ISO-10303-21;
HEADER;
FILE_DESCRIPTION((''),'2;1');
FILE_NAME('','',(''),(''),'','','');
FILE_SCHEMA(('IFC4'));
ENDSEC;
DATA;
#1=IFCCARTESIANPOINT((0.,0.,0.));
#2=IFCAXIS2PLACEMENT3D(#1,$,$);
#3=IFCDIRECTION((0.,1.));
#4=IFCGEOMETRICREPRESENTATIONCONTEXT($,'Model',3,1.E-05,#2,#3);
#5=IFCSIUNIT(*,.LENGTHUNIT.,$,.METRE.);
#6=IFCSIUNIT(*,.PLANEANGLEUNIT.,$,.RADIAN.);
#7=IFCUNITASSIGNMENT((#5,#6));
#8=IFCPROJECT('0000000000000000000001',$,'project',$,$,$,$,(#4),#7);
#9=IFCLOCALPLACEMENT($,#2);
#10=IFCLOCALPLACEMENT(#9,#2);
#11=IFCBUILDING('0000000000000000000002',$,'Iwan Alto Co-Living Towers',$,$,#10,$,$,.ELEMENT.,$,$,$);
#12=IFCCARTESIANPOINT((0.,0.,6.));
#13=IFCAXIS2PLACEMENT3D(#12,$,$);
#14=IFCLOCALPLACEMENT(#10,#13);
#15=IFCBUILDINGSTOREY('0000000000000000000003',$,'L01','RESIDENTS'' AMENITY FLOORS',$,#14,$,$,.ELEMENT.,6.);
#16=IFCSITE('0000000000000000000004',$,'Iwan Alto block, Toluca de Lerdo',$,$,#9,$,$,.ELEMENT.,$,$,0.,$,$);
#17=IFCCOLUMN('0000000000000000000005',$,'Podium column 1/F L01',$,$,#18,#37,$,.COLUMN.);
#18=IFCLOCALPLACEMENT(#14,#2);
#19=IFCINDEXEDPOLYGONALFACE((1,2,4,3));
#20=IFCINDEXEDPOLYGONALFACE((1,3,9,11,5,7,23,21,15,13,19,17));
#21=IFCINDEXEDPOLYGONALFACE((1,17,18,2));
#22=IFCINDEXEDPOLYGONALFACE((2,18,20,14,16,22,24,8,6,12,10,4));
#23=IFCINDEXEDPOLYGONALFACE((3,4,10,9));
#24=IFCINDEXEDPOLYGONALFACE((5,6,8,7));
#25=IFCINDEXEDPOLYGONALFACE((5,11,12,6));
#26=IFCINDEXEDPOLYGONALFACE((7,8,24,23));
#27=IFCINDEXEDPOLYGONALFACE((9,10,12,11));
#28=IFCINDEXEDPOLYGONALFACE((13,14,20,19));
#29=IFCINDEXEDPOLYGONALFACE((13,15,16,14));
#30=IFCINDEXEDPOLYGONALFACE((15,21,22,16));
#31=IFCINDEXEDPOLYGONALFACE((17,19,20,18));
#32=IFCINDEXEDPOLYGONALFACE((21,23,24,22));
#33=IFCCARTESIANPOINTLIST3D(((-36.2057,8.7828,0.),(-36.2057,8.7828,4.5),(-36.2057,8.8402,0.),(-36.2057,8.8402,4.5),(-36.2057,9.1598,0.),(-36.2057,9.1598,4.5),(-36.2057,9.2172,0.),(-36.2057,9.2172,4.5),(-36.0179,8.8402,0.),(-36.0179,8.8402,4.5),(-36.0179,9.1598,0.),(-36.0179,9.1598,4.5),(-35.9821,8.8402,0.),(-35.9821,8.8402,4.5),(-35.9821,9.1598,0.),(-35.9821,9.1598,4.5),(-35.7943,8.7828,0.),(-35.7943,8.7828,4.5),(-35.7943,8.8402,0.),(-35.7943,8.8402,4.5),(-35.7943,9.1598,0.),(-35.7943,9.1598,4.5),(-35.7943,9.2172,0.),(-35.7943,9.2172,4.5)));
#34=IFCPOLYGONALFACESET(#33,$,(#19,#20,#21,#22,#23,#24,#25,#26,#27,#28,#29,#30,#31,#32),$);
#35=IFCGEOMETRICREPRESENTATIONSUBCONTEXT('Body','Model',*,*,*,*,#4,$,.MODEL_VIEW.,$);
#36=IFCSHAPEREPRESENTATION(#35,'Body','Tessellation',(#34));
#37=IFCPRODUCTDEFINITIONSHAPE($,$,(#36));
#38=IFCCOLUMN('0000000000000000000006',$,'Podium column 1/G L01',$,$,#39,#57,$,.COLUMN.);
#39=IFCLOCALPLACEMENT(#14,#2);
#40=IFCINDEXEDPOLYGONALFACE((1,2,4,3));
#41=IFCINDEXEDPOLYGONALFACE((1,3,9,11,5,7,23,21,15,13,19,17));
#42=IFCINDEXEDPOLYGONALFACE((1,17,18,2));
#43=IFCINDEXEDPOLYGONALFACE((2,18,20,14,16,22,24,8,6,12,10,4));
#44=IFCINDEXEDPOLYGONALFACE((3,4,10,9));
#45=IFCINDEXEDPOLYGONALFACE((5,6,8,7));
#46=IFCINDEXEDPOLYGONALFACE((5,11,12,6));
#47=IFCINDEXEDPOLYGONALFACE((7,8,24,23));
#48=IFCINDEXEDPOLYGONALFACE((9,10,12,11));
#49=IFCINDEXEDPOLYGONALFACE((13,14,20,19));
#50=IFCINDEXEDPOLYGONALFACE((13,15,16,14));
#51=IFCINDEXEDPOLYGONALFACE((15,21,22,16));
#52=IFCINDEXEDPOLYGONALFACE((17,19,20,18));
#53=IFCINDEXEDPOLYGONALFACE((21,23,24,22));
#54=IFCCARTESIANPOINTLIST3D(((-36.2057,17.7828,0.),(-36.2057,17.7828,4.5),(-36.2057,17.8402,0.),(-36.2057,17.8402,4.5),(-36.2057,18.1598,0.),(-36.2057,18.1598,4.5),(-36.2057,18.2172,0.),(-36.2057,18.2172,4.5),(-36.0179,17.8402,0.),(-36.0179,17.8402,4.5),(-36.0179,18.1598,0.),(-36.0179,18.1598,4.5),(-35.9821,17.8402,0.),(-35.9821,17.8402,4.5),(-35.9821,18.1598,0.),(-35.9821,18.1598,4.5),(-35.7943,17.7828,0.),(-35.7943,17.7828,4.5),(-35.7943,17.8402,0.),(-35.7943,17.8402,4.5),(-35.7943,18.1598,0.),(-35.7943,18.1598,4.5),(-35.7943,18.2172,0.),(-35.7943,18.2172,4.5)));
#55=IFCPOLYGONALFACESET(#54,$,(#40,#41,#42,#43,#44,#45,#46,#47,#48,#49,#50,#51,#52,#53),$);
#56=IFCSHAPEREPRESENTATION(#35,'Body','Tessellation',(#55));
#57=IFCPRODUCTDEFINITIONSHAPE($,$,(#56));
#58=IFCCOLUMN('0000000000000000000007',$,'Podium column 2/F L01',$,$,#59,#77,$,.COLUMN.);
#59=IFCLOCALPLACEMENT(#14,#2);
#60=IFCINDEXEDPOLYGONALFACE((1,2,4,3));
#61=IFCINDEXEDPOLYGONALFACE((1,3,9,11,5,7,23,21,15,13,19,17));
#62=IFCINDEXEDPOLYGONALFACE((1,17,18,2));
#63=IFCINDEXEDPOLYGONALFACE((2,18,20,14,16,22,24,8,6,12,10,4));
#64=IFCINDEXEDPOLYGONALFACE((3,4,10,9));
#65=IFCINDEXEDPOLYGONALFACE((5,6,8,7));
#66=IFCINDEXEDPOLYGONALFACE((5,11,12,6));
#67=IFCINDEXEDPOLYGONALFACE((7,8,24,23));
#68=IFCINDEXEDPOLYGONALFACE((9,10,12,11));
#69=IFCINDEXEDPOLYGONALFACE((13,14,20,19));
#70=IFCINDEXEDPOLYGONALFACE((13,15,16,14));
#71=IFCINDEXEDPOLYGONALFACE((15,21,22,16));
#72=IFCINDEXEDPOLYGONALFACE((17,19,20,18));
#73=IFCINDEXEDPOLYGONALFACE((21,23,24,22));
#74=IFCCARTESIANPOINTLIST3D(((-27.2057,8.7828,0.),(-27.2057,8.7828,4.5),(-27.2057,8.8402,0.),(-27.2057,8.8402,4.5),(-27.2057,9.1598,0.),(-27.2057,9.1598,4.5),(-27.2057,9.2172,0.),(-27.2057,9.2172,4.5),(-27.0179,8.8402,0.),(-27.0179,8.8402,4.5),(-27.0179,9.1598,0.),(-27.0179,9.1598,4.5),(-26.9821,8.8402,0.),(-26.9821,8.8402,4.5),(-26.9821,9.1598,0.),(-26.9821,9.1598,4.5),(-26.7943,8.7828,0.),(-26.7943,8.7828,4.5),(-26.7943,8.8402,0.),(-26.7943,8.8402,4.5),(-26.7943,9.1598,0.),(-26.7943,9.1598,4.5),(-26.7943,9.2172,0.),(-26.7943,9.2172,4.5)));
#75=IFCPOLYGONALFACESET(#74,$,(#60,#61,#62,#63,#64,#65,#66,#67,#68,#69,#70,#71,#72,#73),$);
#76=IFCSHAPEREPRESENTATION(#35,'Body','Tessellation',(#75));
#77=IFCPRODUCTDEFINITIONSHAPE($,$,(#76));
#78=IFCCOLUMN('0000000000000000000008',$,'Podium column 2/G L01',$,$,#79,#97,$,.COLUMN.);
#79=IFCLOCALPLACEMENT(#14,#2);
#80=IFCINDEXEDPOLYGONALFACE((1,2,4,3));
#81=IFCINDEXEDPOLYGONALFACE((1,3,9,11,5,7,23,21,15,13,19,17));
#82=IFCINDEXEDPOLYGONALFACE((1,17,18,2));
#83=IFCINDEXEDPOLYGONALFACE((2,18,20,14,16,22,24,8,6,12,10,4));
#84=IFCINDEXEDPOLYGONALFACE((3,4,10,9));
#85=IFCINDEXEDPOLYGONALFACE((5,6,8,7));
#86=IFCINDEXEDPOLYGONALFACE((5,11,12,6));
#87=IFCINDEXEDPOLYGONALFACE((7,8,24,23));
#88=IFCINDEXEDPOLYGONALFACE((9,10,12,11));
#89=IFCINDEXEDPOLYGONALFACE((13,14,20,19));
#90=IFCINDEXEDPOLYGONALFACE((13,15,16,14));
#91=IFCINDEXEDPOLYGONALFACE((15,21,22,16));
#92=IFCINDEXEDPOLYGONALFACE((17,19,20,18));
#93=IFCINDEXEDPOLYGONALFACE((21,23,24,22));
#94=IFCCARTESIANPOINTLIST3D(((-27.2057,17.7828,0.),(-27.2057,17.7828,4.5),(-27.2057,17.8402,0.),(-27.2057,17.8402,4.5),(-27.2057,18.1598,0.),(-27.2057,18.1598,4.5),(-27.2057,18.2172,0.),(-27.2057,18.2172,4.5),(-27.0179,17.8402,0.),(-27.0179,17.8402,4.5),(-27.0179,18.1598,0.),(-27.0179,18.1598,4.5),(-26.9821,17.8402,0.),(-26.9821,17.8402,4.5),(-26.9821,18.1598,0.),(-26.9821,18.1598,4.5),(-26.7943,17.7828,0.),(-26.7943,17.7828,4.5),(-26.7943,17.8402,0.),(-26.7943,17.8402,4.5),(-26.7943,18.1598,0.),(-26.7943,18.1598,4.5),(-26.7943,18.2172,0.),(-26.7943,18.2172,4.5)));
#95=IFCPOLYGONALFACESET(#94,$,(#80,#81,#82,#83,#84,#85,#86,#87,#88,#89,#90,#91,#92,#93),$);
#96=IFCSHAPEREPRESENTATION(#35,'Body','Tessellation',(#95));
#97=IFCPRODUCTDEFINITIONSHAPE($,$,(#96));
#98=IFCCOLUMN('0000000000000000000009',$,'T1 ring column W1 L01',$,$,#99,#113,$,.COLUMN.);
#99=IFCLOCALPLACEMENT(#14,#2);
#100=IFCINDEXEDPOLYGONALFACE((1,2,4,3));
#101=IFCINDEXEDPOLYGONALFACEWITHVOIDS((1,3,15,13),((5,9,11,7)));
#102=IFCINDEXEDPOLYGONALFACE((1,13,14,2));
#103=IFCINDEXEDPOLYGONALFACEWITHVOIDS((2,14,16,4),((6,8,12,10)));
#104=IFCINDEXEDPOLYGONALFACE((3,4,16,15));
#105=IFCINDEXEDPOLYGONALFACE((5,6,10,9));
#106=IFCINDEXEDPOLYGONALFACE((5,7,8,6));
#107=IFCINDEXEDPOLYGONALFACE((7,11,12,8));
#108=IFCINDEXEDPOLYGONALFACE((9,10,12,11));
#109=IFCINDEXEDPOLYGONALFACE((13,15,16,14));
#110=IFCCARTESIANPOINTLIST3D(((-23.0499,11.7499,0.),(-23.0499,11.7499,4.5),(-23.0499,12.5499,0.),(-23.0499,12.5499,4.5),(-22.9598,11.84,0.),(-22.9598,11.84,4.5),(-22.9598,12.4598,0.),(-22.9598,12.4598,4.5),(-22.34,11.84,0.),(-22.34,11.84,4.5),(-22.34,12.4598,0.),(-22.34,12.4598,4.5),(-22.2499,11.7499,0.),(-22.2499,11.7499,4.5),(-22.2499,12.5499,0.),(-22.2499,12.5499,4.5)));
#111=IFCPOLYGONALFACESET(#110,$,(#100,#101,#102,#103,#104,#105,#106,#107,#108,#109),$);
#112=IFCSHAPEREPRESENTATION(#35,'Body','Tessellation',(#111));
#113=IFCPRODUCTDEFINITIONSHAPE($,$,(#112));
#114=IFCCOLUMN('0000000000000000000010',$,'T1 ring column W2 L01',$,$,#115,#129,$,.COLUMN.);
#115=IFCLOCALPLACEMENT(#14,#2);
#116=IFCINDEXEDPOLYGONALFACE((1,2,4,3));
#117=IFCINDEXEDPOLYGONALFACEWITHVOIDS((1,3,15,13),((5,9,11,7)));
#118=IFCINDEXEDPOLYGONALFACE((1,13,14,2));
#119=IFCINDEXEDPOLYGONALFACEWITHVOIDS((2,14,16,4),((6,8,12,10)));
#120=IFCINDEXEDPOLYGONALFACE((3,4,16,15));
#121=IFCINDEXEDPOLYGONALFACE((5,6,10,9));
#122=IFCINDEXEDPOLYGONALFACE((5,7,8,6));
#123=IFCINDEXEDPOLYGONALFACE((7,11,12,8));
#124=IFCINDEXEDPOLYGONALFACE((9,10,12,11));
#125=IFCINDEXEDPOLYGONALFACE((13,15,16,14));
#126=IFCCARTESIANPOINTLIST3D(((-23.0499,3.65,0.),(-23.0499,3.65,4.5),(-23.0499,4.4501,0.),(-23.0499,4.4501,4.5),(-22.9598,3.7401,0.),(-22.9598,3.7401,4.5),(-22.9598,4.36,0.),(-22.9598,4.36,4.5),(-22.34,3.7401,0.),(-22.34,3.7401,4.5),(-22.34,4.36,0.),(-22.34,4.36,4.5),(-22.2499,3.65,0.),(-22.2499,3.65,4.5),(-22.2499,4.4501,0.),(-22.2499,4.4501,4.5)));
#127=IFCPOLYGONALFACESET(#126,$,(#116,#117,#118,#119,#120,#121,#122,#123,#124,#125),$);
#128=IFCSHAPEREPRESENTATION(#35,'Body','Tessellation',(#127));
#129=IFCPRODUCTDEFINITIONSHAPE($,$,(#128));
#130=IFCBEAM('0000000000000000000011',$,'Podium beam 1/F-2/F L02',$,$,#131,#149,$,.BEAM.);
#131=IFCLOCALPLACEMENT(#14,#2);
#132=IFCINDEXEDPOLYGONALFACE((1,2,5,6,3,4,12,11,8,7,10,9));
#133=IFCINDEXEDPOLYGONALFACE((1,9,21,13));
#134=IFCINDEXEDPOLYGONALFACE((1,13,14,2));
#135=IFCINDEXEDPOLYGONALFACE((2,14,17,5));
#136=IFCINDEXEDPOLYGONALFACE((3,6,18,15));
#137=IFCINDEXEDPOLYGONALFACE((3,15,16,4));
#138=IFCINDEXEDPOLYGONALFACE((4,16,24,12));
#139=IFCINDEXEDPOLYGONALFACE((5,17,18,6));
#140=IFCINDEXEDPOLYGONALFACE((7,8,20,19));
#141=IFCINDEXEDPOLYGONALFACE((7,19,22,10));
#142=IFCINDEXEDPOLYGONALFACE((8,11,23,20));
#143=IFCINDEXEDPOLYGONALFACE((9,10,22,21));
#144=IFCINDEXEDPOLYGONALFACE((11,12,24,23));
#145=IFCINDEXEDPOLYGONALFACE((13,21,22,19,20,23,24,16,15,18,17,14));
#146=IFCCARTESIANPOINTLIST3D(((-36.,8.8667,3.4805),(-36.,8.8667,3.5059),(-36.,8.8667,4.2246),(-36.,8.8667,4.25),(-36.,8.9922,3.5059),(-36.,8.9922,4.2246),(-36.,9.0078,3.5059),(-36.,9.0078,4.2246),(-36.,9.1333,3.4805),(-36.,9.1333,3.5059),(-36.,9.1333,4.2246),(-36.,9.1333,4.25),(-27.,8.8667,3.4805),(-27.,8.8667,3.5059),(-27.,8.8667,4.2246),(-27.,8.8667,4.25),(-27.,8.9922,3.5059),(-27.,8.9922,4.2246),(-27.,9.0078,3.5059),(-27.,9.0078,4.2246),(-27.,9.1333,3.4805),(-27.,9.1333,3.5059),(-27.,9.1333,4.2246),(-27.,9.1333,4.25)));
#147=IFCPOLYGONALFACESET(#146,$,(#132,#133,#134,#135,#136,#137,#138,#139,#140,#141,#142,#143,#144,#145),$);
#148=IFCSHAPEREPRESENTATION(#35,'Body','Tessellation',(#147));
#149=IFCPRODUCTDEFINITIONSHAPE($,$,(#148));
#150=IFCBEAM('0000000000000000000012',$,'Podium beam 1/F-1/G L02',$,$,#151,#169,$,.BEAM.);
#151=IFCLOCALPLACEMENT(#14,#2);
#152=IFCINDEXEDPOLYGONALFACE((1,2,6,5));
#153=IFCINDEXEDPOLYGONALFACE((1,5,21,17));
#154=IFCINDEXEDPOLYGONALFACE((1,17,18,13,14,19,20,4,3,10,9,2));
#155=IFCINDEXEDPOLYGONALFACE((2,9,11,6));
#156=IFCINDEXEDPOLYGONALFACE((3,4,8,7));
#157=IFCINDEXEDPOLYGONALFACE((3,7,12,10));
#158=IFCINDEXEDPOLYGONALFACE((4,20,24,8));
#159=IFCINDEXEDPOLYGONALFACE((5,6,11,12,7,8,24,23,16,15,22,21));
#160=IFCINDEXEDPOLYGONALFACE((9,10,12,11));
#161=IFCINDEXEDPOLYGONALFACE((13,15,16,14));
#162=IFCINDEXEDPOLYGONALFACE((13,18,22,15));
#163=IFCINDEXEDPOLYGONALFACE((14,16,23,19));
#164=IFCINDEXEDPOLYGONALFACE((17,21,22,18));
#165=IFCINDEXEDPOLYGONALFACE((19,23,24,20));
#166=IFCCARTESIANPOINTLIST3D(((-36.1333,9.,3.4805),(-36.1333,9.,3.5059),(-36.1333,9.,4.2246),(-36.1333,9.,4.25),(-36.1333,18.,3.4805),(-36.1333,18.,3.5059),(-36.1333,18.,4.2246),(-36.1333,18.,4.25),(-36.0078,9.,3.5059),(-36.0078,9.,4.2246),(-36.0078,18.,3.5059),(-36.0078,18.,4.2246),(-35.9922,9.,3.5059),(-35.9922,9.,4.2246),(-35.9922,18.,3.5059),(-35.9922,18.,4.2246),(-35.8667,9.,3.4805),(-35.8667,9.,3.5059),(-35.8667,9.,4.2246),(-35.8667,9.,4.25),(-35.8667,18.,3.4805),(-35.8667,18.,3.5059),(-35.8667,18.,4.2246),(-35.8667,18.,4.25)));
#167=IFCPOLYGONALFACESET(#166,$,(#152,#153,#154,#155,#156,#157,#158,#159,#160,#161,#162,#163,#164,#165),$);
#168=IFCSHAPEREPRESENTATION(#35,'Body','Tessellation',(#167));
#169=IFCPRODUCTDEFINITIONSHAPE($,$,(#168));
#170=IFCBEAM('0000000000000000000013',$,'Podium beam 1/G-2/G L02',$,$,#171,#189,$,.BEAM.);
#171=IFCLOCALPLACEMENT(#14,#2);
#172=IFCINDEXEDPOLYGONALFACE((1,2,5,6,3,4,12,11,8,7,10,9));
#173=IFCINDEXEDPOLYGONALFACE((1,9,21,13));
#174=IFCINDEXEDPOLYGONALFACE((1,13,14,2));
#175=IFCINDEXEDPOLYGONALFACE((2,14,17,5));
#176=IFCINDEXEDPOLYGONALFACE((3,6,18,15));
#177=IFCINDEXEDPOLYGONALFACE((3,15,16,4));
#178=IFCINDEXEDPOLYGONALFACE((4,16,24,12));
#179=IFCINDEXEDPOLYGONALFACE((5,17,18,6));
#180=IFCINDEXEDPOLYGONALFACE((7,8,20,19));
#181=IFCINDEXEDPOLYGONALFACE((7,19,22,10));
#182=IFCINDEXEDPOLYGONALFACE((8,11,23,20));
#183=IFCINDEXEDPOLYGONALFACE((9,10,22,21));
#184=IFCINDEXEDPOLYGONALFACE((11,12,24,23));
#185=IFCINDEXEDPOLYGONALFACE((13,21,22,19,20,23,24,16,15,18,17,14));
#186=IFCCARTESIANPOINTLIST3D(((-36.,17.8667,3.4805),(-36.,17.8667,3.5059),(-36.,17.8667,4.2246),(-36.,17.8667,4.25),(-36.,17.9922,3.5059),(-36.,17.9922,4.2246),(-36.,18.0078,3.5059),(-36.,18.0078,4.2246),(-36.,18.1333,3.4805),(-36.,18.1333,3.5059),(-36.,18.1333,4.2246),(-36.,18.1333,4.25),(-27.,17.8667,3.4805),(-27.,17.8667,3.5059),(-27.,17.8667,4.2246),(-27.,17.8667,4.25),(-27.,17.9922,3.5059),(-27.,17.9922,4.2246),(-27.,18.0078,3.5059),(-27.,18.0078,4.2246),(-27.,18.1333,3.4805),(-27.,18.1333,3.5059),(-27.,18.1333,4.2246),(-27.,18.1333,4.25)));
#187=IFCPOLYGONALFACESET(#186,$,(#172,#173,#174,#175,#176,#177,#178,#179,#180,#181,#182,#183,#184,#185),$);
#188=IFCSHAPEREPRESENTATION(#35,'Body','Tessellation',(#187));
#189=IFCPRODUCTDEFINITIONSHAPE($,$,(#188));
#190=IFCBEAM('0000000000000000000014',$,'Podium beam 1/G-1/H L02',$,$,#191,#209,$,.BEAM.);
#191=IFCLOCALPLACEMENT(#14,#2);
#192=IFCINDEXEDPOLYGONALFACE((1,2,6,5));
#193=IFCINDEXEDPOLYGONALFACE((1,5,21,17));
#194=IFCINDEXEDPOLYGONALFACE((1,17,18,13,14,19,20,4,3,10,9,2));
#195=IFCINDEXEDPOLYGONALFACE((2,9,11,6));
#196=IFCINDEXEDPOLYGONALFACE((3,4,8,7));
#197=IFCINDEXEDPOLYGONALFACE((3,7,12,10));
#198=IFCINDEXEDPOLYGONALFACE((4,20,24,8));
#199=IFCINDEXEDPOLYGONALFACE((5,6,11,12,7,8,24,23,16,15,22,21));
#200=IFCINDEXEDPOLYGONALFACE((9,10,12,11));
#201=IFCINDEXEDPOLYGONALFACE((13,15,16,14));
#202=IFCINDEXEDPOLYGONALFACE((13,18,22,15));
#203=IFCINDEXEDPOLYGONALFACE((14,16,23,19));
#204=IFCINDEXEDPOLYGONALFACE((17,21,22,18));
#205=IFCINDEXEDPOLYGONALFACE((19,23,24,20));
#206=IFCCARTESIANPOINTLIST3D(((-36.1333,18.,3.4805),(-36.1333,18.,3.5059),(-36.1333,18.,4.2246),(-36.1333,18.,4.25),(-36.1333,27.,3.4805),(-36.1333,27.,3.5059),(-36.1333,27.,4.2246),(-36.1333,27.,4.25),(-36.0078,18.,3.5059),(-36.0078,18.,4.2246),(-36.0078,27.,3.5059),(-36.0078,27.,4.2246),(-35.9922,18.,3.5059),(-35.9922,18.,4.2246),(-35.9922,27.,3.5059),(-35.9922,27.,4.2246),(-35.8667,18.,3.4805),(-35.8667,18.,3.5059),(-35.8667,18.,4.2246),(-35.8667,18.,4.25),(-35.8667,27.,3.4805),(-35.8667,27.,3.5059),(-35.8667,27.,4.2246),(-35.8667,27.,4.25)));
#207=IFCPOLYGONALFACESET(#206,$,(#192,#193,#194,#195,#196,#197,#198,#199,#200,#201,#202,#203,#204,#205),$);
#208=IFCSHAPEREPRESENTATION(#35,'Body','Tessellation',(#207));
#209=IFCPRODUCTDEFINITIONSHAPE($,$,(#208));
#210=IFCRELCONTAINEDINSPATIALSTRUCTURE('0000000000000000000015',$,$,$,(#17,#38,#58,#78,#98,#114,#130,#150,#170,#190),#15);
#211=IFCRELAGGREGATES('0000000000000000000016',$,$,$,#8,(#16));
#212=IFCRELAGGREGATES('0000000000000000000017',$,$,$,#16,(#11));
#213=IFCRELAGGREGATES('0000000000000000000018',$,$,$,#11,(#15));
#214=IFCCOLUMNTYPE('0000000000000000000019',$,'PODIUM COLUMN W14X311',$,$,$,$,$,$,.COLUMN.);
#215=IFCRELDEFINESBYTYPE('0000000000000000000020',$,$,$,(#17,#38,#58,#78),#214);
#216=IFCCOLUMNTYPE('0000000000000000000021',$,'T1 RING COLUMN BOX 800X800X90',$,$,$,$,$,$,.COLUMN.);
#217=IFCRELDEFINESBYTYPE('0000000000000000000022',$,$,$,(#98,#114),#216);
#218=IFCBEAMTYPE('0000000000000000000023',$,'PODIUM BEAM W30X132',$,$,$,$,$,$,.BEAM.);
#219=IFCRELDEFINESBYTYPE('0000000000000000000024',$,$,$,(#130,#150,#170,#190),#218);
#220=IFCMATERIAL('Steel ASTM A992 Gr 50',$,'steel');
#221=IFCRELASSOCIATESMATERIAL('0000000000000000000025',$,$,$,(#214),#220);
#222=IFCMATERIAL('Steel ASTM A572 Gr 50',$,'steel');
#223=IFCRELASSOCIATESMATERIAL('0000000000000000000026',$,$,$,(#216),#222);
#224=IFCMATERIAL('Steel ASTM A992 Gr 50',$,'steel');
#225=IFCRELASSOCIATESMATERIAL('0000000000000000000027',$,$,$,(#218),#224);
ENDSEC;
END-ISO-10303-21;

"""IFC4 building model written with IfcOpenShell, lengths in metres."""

from ifc_helpers import new_model, si_unit, direction, frame, origin, origin_2d, place, context, subcontext, project, spatial, hollow_rectangle, i_section, extrude, material, material_profile, profile_set, type_object, element, save


model = new_model("IFC4")

# Units and contexts
model_context = context("Model", 3, precision=1e-05, world=origin(), true_north=direction((0.0, 1.0)))
body_context = subcontext(model_context, "Body", "Model", "MODEL_VIEW")
ifc_project = project(units=[si_unit("LENGTHUNIT", "METRE"), si_unit("PLANEANGLEUNIT", "RADIAN")], contexts=[model_context])

# Site, building, storey
site_placement = place(None, origin())
site = spatial("IfcSite", under=ifc_project, at=site_placement, Name="Iwan Alto block, Toluca de Lerdo", CompositionType="ELEMENT", RefElevation=0.0)
building_placement = place(site_placement, origin())
building = spatial("IfcBuilding", under=site, at=building_placement, Name="Iwan Alto Co-Living Towers", CompositionType="ELEMENT")
storey_placement = place(building_placement, frame((0.0, 0.0, 6.0)))
storey = spatial("IfcBuildingStorey", under=building, at=storey_placement, Name="L01", Description="RESIDENTS' AMENITY FLOORS", CompositionType="ELEMENT", Elevation=6.0)

# Columns
ifc_material_1 = material(Name="Steel ASTM A992 Gr 50", Category="steel")
ifc_material_profile_1 = material_profile(ifc_material_1, i_section(OverallWidth=0.4114, OverallDepth=0.4343, WebThickness=0.0359, FlangeThickness=0.0574, at=origin_2d()), Name="W14X311")
ifc_profile_set_1 = profile_set([ifc_material_profile_1], Name="Steel ASTM A992 Gr 50")
column_type_1 = type_object("IfcColumnType", Name="PODIUM COLUMN W14X311", PredefinedType="COLUMN", material=ifc_profile_set_1)
for number, where, z_axis, x_axis, name in (
    (1, (-36.0, 9.0, 0.0), (0.0, 0.0, 1.0), (1.0, 0.0, 0.0), "Podium column 1/F L01"),
    (2, (-36.0, 18.0, 0.0), (0.0, 0.0, 1.0), (1.0, 0.0, 0.0), "Podium column 1/G L01"),
    (3, (-27.0, 9.0, 0.0), (0.0, 0.0, 1.0), (1.0, 0.0, 0.0), "Podium column 2/F L01"),
    (4, (-27.0, 18.0, 0.0), (0.0, 0.0, 1.0), (1.0, 0.0, 0.0), "Podium column 2/G L01"),
):
    element("IfcColumn", number, at=place(storey_placement, frame(where, z_axis=z_axis, x_axis=x_axis)), inside=storey, type_object=column_type_1, Name=name, PredefinedType="COLUMN", context=body_context, shape_type="SweptSolid", body=[
        extrude(i_section(OverallWidth=0.4114, OverallDepth=0.4343, WebThickness=0.0359, FlangeThickness=0.0574, at=origin_2d()), origin(), (0.0, 0.0, 1.0), 4.5),
    ])
ifc_material_2 = material(Name="Steel ASTM A572 Gr 50", Category="steel")
ifc_material_profile_2 = material_profile(ifc_material_2, hollow_rectangle(XDim=0.8, YDim=0.8, WallThickness=0.0901, at=origin_2d()), Name="BOX 800X800X90")
ifc_profile_set_2 = profile_set([ifc_material_profile_2], Name="Steel ASTM A572 Gr 50")
column_type_2 = type_object("IfcColumnType", Name="T1 RING COLUMN BOX 800X800X90", PredefinedType="COLUMN", material=ifc_profile_set_2)
for number, where, z_axis, x_axis, name in (
    (5, (-22.6499, 12.1499, 0.0), (0.0, 0.0, 1.0), (1.0, 0.0, 0.0), "T1 ring column W1 L01"),
    (6, (-22.6499, 4.05, 0.0), (0.0, 0.0, 1.0), (1.0, 0.0, 0.0), "T1 ring column W2 L01"),
):
    element("IfcColumn", number, at=place(storey_placement, frame(where, z_axis=z_axis, x_axis=x_axis)), inside=storey, type_object=column_type_2, Name=name, PredefinedType="COLUMN", context=body_context, shape_type="SweptSolid", body=[
        extrude(hollow_rectangle(XDim=0.8, YDim=0.8, WallThickness=0.0901, at=origin_2d()), origin(), (0.0, 0.0, 1.0), 4.5),
    ])

# Beams
ifc_material_3 = material(Name="Steel ASTM A992 Gr 50", Category="steel")
ifc_material_profile_3 = material_profile(ifc_material_3, i_section(OverallWidth=0.2666, OverallDepth=0.7695, WebThickness=0.0156, FlangeThickness=0.0254, at=origin_2d()), Name="W30X132")
ifc_profile_set_3 = profile_set([ifc_material_profile_3], Name="Steel ASTM A992 Gr 50")
beam_type_1 = type_object("IfcBeamType", Name="PODIUM BEAM W30X132", PredefinedType="BEAM", material=ifc_profile_set_3)
for number, where, z_axis, x_axis, name in (
    (7, (-36.0, 9.0, 3.8652), (1.0, 0.0, 0.0), (0.0, 1.0, 0.0), "Podium beam 1/F-2/F L02"),
    (8, (-36.0, 9.0, 3.8652), (0.0, 1.0, 0.0), (-1.0, 0.0, 0.0), "Podium beam 1/F-1/G L02"),
    (9, (-36.0, 18.0, 3.8652), (1.0, 0.0, 0.0), (0.0, 1.0, 0.0), "Podium beam 1/G-2/G L02"),
    (10, (-36.0, 18.0, 3.8652), (0.0, 1.0, 0.0), (-1.0, 0.0, 0.0), "Podium beam 1/G-1/H L02"),
):
    element("IfcBeam", number, at=place(storey_placement, frame(where, z_axis=z_axis, x_axis=x_axis)), inside=storey, type_object=beam_type_1, Name=name, PredefinedType="BEAM", context=body_context, shape_type="SweptSolid", body=[
        extrude(i_section(OverallWidth=0.2666, OverallDepth=0.7695, WebThickness=0.0156, FlangeThickness=0.0254, at=origin_2d()), origin(), (0.0, 0.0, 1.0), 9.0),
    ])

save(model, "model.ifc")
